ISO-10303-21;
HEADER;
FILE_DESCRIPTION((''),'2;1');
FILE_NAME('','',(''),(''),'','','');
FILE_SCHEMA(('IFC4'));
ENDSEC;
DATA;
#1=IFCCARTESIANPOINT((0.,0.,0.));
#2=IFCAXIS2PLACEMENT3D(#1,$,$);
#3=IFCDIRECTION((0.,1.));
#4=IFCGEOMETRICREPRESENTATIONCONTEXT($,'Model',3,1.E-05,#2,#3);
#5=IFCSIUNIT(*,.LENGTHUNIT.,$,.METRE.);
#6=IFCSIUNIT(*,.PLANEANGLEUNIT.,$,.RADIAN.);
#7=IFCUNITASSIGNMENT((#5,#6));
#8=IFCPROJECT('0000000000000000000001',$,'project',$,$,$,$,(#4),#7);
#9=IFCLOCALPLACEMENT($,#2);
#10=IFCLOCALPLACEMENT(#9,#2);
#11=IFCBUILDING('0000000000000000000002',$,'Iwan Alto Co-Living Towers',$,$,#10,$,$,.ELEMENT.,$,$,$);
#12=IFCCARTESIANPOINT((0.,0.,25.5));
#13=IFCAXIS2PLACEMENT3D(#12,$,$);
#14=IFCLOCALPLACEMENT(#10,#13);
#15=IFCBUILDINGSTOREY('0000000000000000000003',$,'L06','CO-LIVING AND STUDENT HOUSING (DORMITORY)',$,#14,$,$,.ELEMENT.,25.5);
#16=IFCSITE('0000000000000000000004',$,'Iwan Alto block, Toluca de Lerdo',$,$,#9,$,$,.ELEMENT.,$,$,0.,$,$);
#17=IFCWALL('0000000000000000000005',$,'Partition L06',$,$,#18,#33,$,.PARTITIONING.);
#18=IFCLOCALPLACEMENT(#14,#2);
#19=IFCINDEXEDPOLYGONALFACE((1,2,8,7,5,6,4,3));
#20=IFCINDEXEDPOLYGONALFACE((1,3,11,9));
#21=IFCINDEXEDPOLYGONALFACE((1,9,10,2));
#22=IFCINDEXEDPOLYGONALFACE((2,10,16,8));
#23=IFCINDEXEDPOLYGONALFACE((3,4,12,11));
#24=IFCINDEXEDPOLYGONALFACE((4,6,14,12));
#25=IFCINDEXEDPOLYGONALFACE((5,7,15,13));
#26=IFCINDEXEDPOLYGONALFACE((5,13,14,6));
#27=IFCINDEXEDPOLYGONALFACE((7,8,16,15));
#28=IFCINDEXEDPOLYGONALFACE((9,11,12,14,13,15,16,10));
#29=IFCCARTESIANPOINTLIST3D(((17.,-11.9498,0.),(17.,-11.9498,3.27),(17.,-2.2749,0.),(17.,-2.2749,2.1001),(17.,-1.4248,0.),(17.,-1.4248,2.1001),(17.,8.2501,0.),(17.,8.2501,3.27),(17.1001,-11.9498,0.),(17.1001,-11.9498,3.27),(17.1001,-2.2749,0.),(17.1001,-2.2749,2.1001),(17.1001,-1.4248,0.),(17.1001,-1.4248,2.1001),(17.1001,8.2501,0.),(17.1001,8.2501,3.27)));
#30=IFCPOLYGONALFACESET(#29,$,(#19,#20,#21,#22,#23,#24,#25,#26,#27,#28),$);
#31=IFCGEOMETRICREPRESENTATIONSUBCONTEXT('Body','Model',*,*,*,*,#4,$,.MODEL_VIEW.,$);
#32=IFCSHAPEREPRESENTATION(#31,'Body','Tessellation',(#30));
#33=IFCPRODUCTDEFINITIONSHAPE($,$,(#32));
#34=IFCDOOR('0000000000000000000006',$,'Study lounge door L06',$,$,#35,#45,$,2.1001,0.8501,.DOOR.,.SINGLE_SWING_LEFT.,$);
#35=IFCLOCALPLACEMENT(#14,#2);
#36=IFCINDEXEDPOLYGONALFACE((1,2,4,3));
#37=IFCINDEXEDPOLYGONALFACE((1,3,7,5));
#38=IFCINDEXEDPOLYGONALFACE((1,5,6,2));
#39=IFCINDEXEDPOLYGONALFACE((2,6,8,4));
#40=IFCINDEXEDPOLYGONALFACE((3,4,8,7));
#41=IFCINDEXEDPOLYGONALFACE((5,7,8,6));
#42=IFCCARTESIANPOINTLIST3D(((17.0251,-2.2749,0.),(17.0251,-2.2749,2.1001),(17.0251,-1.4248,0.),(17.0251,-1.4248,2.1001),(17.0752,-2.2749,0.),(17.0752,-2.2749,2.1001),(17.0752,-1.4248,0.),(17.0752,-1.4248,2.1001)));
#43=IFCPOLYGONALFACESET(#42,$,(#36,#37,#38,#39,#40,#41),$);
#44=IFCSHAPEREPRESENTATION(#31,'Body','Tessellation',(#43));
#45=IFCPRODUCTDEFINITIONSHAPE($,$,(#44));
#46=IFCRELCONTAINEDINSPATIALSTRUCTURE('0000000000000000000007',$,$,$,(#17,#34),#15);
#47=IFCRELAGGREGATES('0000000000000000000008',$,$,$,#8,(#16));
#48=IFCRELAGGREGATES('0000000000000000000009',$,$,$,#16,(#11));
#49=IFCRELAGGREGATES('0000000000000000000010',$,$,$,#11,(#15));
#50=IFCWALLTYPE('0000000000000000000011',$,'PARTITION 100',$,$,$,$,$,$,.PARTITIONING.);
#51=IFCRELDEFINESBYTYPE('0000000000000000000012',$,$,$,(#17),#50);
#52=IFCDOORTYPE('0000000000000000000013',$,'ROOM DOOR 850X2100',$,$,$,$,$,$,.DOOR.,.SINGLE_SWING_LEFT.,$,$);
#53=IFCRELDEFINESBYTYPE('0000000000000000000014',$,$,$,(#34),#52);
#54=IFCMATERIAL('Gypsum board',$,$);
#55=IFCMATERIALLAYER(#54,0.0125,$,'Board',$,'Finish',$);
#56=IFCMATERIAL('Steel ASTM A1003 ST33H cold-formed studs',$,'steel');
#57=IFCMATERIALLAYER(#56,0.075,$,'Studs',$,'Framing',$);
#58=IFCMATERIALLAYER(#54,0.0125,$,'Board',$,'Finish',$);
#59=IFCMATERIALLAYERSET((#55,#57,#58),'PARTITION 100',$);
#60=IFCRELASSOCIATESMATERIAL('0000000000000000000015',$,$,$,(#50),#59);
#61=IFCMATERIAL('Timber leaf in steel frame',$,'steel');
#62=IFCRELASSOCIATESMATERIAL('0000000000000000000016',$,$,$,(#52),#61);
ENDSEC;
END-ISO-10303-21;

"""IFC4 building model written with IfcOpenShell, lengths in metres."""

from ifc_helpers import new_model, si_unit, direction, frame, frame_2d, origin, place, context, subcontext, project, spatial, rectangle, extrude, material, layer, layer_set, type_object, element, fill, save


model = new_model("IFC4")

# Units and contexts
model_context = context("Model", 3, precision=1e-05, world=origin(), true_north=direction((0.0, 1.0)))
body_context = subcontext(model_context, "Body", "Model", "MODEL_VIEW")
ifc_project = project(units=[si_unit("LENGTHUNIT", "METRE"), si_unit("PLANEANGLEUNIT", "RADIAN")], contexts=[model_context])

# Site, building, storey
site_placement = place(None, origin())
site = spatial("IfcSite", under=ifc_project, at=site_placement, Name="Iwan Alto block, Toluca de Lerdo", CompositionType="ELEMENT", RefElevation=0.0)
building_placement = place(site_placement, origin())
building = spatial("IfcBuilding", under=site, at=building_placement, Name="Iwan Alto Co-Living Towers", CompositionType="ELEMENT")
storey_placement = place(building_placement, frame((0.0, 0.0, 25.5)))
storey = spatial("IfcBuildingStorey", under=building, at=storey_placement, Name="L06", Description="CO-LIVING AND STUDENT HOUSING (DORMITORY)", CompositionType="ELEMENT", Elevation=25.5)

# Shared definitions
ifc_material_1 = material(Name="Gypsum board")
ifc_layer_1 = layer(ifc_material_1, 0.0125, Name="Board", Category="Finish")
ifc_material_2 = material(Name="Steel ASTM A1003 ST33H cold-formed studs", Category="steel")
ifc_layer_2 = layer(ifc_material_2, 0.075, Name="Studs", Category="Framing")
ifc_layer_3 = layer(ifc_material_1, 0.0125, Name="Board", Category="Finish")
ifc_layer_set = layer_set([ifc_layer_1, ifc_layer_2, ifc_layer_3], Name="PARTITION 100")
wall_type = type_object("IfcWallType", Name="PARTITION 100", PredefinedType="PARTITIONING", material=ifc_layer_set)

# Wall, opening, door
wall_1_placement = place(storey_placement, frame((17.05, -11.95, 0.0), z_axis=(0.0, 0.0, 1.0), x_axis=(0.0, 1.0, 0.0)))
wall_1 = element("IfcWall", 1, at=wall_1_placement, inside=storey, type_object=wall_type, Name="Partition L06", PredefinedType="PARTITIONING", context=body_context, shape_type="SweptSolid", body=[
    extrude(rectangle(XDim=20.2, YDim=0.1001, at=frame_2d((10.1001, 0.0))), origin(), (0.0, 0.0, 1.0), 3.27),
])
opening_placement = place(wall_1_placement, frame((9.675, 0.0, 0.0)))
opening = element("IfcOpeningElement", 2, at=opening_placement, cuts=wall_1, PredefinedType="OPENING", context=body_context, shape_type="SweptSolid", body=[
    extrude(rectangle(XDim=0.8501, YDim=2.1001, at=frame_2d((0.425, 1.05))), frame((0.0, 0.0601, 0.0), z_axis=(0.0, -1.0, 0.0), x_axis=(1.0, 0.0, 0.0)), (0.0, 0.0, 1.0), 0.1201),
])
ifc_material_3 = material(Name="Timber leaf in steel frame", Category="steel")
door_type = type_object("IfcDoorType", Name="ROOM DOOR 850X2100", OperationType="SINGLE_SWING_LEFT", PredefinedType="DOOR", material=ifc_material_3)
door_placement = place(opening_placement, origin())
door = element("IfcDoor", 3, at=door_placement, inside=storey, type_object=door_type, Name="Study lounge door L06", OperationType="SINGLE_SWING_LEFT", OverallHeight=2.1001, OverallWidth=0.8501, PredefinedType="DOOR", context=body_context, shape_type="SweptSolid", body=[
    extrude(rectangle(XDim=0.8501, YDim=2.1001, at=frame_2d((0.425, 1.05))), frame((0.0, 0.0249, 0.0), z_axis=(0.0, -1.0, 0.0), x_axis=(1.0, 0.0, 0.0)), (0.0, 0.0, 1.0), 0.05),
])
fill(opening, door)

save(model, "model.ifc")
